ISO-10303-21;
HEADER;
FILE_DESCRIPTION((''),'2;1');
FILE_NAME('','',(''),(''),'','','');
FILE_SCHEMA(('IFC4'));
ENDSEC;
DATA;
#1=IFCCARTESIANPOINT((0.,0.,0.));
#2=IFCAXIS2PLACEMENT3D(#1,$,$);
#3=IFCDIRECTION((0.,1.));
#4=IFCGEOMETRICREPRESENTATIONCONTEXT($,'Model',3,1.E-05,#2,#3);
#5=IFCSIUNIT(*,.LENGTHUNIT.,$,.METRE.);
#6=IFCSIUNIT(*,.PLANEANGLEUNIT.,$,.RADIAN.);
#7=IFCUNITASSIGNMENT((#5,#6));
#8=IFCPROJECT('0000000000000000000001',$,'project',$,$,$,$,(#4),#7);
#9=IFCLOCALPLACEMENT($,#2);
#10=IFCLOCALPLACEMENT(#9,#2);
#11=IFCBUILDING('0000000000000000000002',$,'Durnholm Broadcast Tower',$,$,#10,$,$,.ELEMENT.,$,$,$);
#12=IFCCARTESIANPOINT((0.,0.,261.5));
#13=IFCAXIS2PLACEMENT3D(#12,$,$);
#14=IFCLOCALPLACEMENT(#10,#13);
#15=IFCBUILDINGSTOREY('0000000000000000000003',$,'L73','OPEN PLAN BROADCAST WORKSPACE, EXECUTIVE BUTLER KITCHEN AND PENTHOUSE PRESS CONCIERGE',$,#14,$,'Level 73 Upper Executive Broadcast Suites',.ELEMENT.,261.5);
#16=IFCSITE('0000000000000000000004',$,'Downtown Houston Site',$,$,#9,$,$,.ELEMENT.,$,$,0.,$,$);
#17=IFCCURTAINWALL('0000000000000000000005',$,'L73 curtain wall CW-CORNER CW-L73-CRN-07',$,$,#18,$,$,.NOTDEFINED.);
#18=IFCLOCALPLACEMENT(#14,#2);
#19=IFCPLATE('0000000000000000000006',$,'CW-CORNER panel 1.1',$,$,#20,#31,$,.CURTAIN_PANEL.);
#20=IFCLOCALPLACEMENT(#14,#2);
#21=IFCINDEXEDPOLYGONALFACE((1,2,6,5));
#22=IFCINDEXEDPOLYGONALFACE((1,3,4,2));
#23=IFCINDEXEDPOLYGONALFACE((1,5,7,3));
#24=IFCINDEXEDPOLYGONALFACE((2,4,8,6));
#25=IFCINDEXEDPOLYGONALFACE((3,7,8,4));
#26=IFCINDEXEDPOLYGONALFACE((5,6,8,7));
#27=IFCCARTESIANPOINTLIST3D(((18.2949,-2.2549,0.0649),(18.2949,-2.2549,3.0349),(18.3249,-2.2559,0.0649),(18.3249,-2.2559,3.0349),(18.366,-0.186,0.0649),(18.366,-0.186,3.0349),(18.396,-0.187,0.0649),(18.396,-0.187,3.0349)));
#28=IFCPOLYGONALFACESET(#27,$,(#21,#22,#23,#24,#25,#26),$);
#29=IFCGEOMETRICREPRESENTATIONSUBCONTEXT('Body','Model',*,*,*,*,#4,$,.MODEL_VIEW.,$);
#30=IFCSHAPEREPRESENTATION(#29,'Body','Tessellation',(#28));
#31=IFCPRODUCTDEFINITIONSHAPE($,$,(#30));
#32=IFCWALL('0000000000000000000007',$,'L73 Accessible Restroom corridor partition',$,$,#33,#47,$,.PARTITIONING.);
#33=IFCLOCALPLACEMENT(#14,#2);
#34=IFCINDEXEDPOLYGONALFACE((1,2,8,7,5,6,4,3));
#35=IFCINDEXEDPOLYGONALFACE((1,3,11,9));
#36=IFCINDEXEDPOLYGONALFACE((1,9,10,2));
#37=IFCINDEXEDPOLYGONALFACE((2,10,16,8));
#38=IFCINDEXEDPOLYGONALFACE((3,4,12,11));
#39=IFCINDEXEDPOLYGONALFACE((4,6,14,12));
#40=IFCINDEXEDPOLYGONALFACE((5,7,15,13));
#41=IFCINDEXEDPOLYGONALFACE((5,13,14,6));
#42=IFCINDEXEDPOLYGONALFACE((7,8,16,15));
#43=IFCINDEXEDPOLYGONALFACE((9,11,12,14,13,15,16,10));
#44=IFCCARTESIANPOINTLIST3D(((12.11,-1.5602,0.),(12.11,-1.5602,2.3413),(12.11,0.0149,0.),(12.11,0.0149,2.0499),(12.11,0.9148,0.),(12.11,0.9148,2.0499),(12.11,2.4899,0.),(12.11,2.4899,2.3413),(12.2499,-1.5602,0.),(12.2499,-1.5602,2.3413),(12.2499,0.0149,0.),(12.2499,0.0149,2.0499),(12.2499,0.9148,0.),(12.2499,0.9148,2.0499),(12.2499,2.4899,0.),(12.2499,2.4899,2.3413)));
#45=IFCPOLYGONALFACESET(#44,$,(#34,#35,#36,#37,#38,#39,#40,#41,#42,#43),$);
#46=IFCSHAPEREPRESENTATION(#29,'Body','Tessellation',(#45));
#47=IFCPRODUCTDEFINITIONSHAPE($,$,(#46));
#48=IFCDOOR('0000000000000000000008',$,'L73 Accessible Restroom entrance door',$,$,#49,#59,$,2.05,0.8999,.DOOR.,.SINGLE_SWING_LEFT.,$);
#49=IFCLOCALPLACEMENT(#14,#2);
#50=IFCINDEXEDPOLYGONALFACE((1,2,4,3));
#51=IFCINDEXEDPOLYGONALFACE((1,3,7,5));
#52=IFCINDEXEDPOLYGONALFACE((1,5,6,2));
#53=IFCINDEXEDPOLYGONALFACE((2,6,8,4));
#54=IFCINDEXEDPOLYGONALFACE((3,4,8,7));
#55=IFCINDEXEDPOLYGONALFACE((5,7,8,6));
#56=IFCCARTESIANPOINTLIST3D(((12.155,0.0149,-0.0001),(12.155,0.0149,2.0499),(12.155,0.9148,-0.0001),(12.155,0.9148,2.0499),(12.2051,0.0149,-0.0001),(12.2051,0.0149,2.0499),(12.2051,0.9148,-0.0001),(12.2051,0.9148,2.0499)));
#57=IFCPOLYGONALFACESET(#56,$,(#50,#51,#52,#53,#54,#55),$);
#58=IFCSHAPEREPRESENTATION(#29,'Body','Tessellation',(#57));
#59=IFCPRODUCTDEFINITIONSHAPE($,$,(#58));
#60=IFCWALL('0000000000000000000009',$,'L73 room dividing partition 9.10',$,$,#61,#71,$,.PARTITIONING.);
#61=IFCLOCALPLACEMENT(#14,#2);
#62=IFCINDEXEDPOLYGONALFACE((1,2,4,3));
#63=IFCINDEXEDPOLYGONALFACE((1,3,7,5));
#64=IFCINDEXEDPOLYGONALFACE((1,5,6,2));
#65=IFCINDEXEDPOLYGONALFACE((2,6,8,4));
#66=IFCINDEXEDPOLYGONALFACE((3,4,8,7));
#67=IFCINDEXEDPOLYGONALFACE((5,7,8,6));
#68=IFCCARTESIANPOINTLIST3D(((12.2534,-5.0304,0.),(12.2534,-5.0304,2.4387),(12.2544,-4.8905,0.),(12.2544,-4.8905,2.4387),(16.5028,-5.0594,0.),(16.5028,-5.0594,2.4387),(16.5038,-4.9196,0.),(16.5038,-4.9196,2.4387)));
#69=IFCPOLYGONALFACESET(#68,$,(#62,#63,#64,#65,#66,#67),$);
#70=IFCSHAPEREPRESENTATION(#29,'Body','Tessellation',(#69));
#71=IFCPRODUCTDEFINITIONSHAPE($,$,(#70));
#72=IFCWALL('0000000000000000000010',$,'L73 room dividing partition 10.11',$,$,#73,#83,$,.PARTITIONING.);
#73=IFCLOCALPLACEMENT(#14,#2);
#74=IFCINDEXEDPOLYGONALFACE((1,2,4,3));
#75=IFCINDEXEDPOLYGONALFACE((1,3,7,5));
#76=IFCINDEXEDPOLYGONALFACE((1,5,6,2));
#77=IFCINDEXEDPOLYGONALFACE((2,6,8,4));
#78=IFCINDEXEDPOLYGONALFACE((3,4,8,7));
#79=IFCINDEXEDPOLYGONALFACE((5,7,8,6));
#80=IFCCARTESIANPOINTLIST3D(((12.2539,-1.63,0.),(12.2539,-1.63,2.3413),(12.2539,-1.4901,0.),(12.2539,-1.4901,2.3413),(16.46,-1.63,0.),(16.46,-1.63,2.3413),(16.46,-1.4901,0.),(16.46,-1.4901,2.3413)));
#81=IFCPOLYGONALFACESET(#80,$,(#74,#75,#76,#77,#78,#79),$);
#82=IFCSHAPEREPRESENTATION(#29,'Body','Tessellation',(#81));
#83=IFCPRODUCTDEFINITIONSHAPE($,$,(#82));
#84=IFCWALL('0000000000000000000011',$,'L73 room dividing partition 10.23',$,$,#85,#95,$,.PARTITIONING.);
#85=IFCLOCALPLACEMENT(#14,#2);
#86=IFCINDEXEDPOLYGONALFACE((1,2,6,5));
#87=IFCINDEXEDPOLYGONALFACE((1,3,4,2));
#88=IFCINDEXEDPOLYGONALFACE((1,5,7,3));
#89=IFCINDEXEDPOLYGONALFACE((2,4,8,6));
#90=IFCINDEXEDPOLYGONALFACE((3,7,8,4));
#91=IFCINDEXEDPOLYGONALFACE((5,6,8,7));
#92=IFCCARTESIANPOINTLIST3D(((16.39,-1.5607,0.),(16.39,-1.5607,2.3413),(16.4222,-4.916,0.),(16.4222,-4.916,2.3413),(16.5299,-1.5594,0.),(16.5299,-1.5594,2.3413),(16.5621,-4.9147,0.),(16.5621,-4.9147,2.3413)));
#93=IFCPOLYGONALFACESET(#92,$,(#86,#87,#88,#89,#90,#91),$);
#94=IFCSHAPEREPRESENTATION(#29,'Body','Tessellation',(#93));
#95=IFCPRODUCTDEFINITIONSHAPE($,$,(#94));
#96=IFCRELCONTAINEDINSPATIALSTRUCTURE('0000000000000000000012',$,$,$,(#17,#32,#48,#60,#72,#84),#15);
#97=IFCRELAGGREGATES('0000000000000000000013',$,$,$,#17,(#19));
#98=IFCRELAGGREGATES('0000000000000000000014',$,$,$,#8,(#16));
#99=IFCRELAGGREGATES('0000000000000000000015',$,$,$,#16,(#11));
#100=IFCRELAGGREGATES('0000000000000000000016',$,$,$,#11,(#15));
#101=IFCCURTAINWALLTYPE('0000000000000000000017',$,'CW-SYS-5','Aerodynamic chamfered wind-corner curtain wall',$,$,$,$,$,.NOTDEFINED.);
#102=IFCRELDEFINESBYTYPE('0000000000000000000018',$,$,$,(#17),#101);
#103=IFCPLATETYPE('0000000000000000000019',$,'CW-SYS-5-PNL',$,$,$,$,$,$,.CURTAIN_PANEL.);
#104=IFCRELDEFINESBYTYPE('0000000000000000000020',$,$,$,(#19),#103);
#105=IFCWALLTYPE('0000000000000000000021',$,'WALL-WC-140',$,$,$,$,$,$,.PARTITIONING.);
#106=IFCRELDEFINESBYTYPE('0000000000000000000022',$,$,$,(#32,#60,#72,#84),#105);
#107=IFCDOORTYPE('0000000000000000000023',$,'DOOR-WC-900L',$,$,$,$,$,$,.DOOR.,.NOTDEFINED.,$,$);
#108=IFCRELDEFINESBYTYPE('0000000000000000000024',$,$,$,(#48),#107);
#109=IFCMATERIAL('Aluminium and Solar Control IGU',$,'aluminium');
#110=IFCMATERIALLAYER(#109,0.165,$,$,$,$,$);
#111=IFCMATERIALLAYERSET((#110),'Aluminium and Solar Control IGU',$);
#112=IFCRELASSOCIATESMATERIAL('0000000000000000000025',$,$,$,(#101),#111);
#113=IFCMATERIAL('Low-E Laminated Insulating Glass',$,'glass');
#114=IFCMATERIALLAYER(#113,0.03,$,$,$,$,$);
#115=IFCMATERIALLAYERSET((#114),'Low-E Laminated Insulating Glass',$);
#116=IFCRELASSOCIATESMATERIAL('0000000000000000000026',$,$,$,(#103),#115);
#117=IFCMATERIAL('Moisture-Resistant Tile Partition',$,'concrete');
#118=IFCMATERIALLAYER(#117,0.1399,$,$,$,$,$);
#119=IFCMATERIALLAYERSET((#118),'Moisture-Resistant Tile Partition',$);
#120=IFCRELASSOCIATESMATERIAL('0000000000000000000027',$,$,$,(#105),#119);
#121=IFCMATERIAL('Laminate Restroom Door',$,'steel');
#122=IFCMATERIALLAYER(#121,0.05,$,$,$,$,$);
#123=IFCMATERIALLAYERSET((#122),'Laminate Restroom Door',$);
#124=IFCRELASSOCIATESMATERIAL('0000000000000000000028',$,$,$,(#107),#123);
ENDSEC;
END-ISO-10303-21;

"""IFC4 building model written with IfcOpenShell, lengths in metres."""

from ifc_helpers import new_model, si_unit, direction, frame, frame_2d, origin, origin_2d, place, context, subcontext, project, spatial, rectangle, extrude, source, transform, mapped, material, layer, layer_set, type_object, type_shapes, element, fill, aggregate, save


model = new_model("IFC4")

# Units and contexts
model_context = context("Model", 3, precision=1e-05, world=origin(), true_north=direction((0.0, 1.0)))
body_context = subcontext(model_context, "Body", "Model", "MODEL_VIEW")
ifc_project = project(units=[si_unit("LENGTHUNIT", "METRE"), si_unit("PLANEANGLEUNIT", "RADIAN")], contexts=[model_context])

# Site, building, storey
site_placement = place(None, origin())
site = spatial("IfcSite", under=ifc_project, at=site_placement, Name="Downtown Houston Site", CompositionType="ELEMENT", RefElevation=0.0)
building_placement = place(site_placement, origin())
building = spatial("IfcBuilding", under=site, at=building_placement, Name="Durnholm Broadcast Tower", CompositionType="ELEMENT")
storey_placement = place(building_placement, frame((0.0, 0.0, 261.5)))
storey = spatial("IfcBuildingStorey", under=building, at=storey_placement, Name="L73", Description="OPEN PLAN BROADCAST WORKSPACE, EXECUTIVE BUTLER KITCHEN AND PENTHOUSE PRESS CONCIERGE", LongName="Level 73 Upper Executive Broadcast Suites", CompositionType="ELEMENT", Elevation=261.5)

# Shared definitions
ifc_material_1 = material(Name="Aluminium and Solar Control IGU", Category="aluminium")

# Curtain wall
ifc_layer_1 = layer(ifc_material_1, 0.165)
ifc_layer_set_1 = layer_set([ifc_layer_1], Name="Aluminium and Solar Control IGU")
curtain_wall_type_1 = type_object("IfcCurtainWallType", Name="CW-SYS-5", Description="Aerodynamic chamfered wind-corner curtain wall", PredefinedType="NOTDEFINED", material=ifc_layer_set_1)
curtain_wall_1_placement = place(storey_placement, origin())
curtain_wall_1 = element("IfcCurtainWall", 1, at=curtain_wall_1_placement, inside=storey, type_object=curtain_wall_type_1, Name="L73 curtain wall CW-CORNER CW-L73-CRN-07", PredefinedType="NOTDEFINED")

# Plate
ifc_material_2 = material(Name="Low-E Laminated Insulating Glass", Category="glass")
ifc_layer_2 = layer(ifc_material_2, 0.03)
ifc_layer_set_2 = layer_set([ifc_layer_2], Name="Low-E Laminated Insulating Glass")
plate_type_1 = type_object("IfcPlateType", Name="CW-SYS-5-PNL", PredefinedType="CURTAIN_PANEL", material=ifc_layer_set_2)
shared_shape_1 = source(origin(), body_context, "Body", "SweptSolid", [
    extrude(rectangle(XDim=2.0701, YDim=0.03, at=origin_2d()), origin(), (0.0, 0.0, 1.0), 2.97),
])
type_shapes(plate_type_1, [shared_shape_1])
plate_1_placement = place(storey_placement, frame((18.3455, -1.2209, 0.0649), z_axis=(0.0, 0.0, 1.0), x_axis=(-0.034318, -0.999411, 0.0)))
plate_1 = element("IfcPlate", 2, at=plate_1_placement, type_object=plate_type_1, Name="CW-CORNER panel 1.1", PredefinedType="CURTAIN_PANEL", context=body_context, shape_type="MappedRepresentation", body=[
    mapped(shared_shape_1, transform((0.0, 0.0, 0.0), x_axis=(1.0, 0.0, 0.0), y_axis=(0.0, 1.0, 0.0), z_axis=(0.0, 0.0, 1.0), scale=1.0)),
])
aggregate(curtain_wall_1, [plate_1])

# Wall, opening, door
ifc_material_3 = material(Name="Moisture-Resistant Tile Partition", Category="concrete")
ifc_layer_3 = layer(ifc_material_3, 0.1399)
ifc_layer_set_3 = layer_set([ifc_layer_3], Name="Moisture-Resistant Tile Partition")
wall_type = type_object("IfcWallType", Name="WALL-WC-140", PredefinedType="PARTITIONING", material=ifc_layer_set_3)
wall_1_placement = place(storey_placement, frame((12.1799, -1.5601, 0.0), z_axis=(0.0, 0.0, 1.0), x_axis=(0.0, 1.0, 0.0)))
wall_1 = element("IfcWall", 3, at=wall_1_placement, inside=storey, type_object=wall_type, Name="L73 Accessible Restroom corridor partition", PredefinedType="PARTITIONING", context=body_context, shape_type="SweptSolid", body=[
    extrude(rectangle(XDim=4.05, YDim=0.1399, at=frame_2d((2.0249, 0.0))), origin(), (0.0, 0.0, 1.0), 2.3413),
])
opening_placement = place(wall_1_placement, frame((1.575, 0.0, 0.0)))
opening = element("IfcOpeningElement", 4, at=opening_placement, cuts=wall_1, PredefinedType="OPENING", context=body_context, shape_type="SweptSolid", body=[
    extrude(rectangle(XDim=0.8999, YDim=2.05, at=frame_2d((0.45, 1.0249))), frame((0.0, 0.0801, 0.0), z_axis=(0.0, -1.0, 0.0), x_axis=(1.0, 0.0, 0.0)), (0.0, 0.0, 1.0), 0.1599),
])
ifc_material_4 = material(Name="Laminate Restroom Door", Category="steel")
ifc_layer_4 = layer(ifc_material_4, 0.05)
ifc_layer_set_4 = layer_set([ifc_layer_4], Name="Laminate Restroom Door")
door_type = type_object("IfcDoorType", Name="DOOR-WC-900L", OperationType="NOTDEFINED", PredefinedType="DOOR", material=ifc_layer_set_4)
shared_shape_2 = source(origin(), body_context, "Body", "SweptSolid", [
    extrude(rectangle(XDim=0.8999, YDim=2.05, at=frame_2d((0.45, 1.0249))), frame((0.0, 0.0249, 0.0), z_axis=(0.0, -1.0, 0.0), x_axis=(1.0, 0.0, 0.0)), (0.0, 0.0, 1.0), 0.05),
])
type_shapes(door_type, [shared_shape_2])
door_placement = place(opening_placement, origin())
door = element("IfcDoor", 5, at=door_placement, inside=storey, type_object=door_type, Name="L73 Accessible Restroom entrance door", OperationType="SINGLE_SWING_LEFT", OverallHeight=2.05, OverallWidth=0.8999, PredefinedType="DOOR", context=body_context, shape_type="MappedRepresentation", body=[
    mapped(shared_shape_2, transform((0.0, 0.0, 0.0), x_axis=(1.0, 0.0, 0.0), y_axis=(0.0, 1.0, 0.0), z_axis=(0.0, 0.0, 1.0), scale=1.0)),
])
fill(opening, door)

# Walls
wall_2_placement = place(storey_placement, frame((12.2539, -4.9604, 0.0), z_axis=(0.0, 0.0, 1.0), x_axis=(0.999977, -0.006837, 0.0)))
element("IfcWall", 6, at=wall_2_placement, inside=storey, type_object=wall_type, Name="L73 room dividing partition 9.10", PredefinedType="PARTITIONING", context=body_context, shape_type="SweptSolid", body=[
    extrude(rectangle(XDim=4.2495, YDim=0.1399, at=frame_2d((2.1248, 0.0))), origin(), (0.0, 0.0, 1.0), 2.4387),
])
wall_3_placement = place(storey_placement, frame((12.2539, -1.5601, 0.0), z_axis=(0.0, 0.0, 1.0), x_axis=(1.0, 0.0, 0.0)))
element("IfcWall", 7, at=wall_3_placement, inside=storey, type_object=wall_type, Name="L73 room dividing partition 10.11", PredefinedType="PARTITIONING", context=body_context, shape_type="SweptSolid", body=[
    extrude(rectangle(XDim=4.2061, YDim=0.1399, at=frame_2d((2.103, 0.0))), origin(), (0.0, 0.0, 1.0), 2.3413),
])
wall_4_placement = place(storey_placement, frame((16.46, -1.5601, 0.0), z_axis=(0.0, 0.0, 1.0), x_axis=(0.009604, -0.999954, 0.0)))
element("IfcWall", 8, at=wall_4_placement, inside=storey, type_object=wall_type, Name="L73 room dividing partition 10.23", PredefinedType="PARTITIONING", context=body_context, shape_type="SweptSolid", body=[
    extrude(rectangle(XDim=3.3555, YDim=0.1399, at=frame_2d((1.6777, 0.0))), origin(), (0.0, 0.0, 1.0), 2.3413),
])

save(model, "model.ifc")
